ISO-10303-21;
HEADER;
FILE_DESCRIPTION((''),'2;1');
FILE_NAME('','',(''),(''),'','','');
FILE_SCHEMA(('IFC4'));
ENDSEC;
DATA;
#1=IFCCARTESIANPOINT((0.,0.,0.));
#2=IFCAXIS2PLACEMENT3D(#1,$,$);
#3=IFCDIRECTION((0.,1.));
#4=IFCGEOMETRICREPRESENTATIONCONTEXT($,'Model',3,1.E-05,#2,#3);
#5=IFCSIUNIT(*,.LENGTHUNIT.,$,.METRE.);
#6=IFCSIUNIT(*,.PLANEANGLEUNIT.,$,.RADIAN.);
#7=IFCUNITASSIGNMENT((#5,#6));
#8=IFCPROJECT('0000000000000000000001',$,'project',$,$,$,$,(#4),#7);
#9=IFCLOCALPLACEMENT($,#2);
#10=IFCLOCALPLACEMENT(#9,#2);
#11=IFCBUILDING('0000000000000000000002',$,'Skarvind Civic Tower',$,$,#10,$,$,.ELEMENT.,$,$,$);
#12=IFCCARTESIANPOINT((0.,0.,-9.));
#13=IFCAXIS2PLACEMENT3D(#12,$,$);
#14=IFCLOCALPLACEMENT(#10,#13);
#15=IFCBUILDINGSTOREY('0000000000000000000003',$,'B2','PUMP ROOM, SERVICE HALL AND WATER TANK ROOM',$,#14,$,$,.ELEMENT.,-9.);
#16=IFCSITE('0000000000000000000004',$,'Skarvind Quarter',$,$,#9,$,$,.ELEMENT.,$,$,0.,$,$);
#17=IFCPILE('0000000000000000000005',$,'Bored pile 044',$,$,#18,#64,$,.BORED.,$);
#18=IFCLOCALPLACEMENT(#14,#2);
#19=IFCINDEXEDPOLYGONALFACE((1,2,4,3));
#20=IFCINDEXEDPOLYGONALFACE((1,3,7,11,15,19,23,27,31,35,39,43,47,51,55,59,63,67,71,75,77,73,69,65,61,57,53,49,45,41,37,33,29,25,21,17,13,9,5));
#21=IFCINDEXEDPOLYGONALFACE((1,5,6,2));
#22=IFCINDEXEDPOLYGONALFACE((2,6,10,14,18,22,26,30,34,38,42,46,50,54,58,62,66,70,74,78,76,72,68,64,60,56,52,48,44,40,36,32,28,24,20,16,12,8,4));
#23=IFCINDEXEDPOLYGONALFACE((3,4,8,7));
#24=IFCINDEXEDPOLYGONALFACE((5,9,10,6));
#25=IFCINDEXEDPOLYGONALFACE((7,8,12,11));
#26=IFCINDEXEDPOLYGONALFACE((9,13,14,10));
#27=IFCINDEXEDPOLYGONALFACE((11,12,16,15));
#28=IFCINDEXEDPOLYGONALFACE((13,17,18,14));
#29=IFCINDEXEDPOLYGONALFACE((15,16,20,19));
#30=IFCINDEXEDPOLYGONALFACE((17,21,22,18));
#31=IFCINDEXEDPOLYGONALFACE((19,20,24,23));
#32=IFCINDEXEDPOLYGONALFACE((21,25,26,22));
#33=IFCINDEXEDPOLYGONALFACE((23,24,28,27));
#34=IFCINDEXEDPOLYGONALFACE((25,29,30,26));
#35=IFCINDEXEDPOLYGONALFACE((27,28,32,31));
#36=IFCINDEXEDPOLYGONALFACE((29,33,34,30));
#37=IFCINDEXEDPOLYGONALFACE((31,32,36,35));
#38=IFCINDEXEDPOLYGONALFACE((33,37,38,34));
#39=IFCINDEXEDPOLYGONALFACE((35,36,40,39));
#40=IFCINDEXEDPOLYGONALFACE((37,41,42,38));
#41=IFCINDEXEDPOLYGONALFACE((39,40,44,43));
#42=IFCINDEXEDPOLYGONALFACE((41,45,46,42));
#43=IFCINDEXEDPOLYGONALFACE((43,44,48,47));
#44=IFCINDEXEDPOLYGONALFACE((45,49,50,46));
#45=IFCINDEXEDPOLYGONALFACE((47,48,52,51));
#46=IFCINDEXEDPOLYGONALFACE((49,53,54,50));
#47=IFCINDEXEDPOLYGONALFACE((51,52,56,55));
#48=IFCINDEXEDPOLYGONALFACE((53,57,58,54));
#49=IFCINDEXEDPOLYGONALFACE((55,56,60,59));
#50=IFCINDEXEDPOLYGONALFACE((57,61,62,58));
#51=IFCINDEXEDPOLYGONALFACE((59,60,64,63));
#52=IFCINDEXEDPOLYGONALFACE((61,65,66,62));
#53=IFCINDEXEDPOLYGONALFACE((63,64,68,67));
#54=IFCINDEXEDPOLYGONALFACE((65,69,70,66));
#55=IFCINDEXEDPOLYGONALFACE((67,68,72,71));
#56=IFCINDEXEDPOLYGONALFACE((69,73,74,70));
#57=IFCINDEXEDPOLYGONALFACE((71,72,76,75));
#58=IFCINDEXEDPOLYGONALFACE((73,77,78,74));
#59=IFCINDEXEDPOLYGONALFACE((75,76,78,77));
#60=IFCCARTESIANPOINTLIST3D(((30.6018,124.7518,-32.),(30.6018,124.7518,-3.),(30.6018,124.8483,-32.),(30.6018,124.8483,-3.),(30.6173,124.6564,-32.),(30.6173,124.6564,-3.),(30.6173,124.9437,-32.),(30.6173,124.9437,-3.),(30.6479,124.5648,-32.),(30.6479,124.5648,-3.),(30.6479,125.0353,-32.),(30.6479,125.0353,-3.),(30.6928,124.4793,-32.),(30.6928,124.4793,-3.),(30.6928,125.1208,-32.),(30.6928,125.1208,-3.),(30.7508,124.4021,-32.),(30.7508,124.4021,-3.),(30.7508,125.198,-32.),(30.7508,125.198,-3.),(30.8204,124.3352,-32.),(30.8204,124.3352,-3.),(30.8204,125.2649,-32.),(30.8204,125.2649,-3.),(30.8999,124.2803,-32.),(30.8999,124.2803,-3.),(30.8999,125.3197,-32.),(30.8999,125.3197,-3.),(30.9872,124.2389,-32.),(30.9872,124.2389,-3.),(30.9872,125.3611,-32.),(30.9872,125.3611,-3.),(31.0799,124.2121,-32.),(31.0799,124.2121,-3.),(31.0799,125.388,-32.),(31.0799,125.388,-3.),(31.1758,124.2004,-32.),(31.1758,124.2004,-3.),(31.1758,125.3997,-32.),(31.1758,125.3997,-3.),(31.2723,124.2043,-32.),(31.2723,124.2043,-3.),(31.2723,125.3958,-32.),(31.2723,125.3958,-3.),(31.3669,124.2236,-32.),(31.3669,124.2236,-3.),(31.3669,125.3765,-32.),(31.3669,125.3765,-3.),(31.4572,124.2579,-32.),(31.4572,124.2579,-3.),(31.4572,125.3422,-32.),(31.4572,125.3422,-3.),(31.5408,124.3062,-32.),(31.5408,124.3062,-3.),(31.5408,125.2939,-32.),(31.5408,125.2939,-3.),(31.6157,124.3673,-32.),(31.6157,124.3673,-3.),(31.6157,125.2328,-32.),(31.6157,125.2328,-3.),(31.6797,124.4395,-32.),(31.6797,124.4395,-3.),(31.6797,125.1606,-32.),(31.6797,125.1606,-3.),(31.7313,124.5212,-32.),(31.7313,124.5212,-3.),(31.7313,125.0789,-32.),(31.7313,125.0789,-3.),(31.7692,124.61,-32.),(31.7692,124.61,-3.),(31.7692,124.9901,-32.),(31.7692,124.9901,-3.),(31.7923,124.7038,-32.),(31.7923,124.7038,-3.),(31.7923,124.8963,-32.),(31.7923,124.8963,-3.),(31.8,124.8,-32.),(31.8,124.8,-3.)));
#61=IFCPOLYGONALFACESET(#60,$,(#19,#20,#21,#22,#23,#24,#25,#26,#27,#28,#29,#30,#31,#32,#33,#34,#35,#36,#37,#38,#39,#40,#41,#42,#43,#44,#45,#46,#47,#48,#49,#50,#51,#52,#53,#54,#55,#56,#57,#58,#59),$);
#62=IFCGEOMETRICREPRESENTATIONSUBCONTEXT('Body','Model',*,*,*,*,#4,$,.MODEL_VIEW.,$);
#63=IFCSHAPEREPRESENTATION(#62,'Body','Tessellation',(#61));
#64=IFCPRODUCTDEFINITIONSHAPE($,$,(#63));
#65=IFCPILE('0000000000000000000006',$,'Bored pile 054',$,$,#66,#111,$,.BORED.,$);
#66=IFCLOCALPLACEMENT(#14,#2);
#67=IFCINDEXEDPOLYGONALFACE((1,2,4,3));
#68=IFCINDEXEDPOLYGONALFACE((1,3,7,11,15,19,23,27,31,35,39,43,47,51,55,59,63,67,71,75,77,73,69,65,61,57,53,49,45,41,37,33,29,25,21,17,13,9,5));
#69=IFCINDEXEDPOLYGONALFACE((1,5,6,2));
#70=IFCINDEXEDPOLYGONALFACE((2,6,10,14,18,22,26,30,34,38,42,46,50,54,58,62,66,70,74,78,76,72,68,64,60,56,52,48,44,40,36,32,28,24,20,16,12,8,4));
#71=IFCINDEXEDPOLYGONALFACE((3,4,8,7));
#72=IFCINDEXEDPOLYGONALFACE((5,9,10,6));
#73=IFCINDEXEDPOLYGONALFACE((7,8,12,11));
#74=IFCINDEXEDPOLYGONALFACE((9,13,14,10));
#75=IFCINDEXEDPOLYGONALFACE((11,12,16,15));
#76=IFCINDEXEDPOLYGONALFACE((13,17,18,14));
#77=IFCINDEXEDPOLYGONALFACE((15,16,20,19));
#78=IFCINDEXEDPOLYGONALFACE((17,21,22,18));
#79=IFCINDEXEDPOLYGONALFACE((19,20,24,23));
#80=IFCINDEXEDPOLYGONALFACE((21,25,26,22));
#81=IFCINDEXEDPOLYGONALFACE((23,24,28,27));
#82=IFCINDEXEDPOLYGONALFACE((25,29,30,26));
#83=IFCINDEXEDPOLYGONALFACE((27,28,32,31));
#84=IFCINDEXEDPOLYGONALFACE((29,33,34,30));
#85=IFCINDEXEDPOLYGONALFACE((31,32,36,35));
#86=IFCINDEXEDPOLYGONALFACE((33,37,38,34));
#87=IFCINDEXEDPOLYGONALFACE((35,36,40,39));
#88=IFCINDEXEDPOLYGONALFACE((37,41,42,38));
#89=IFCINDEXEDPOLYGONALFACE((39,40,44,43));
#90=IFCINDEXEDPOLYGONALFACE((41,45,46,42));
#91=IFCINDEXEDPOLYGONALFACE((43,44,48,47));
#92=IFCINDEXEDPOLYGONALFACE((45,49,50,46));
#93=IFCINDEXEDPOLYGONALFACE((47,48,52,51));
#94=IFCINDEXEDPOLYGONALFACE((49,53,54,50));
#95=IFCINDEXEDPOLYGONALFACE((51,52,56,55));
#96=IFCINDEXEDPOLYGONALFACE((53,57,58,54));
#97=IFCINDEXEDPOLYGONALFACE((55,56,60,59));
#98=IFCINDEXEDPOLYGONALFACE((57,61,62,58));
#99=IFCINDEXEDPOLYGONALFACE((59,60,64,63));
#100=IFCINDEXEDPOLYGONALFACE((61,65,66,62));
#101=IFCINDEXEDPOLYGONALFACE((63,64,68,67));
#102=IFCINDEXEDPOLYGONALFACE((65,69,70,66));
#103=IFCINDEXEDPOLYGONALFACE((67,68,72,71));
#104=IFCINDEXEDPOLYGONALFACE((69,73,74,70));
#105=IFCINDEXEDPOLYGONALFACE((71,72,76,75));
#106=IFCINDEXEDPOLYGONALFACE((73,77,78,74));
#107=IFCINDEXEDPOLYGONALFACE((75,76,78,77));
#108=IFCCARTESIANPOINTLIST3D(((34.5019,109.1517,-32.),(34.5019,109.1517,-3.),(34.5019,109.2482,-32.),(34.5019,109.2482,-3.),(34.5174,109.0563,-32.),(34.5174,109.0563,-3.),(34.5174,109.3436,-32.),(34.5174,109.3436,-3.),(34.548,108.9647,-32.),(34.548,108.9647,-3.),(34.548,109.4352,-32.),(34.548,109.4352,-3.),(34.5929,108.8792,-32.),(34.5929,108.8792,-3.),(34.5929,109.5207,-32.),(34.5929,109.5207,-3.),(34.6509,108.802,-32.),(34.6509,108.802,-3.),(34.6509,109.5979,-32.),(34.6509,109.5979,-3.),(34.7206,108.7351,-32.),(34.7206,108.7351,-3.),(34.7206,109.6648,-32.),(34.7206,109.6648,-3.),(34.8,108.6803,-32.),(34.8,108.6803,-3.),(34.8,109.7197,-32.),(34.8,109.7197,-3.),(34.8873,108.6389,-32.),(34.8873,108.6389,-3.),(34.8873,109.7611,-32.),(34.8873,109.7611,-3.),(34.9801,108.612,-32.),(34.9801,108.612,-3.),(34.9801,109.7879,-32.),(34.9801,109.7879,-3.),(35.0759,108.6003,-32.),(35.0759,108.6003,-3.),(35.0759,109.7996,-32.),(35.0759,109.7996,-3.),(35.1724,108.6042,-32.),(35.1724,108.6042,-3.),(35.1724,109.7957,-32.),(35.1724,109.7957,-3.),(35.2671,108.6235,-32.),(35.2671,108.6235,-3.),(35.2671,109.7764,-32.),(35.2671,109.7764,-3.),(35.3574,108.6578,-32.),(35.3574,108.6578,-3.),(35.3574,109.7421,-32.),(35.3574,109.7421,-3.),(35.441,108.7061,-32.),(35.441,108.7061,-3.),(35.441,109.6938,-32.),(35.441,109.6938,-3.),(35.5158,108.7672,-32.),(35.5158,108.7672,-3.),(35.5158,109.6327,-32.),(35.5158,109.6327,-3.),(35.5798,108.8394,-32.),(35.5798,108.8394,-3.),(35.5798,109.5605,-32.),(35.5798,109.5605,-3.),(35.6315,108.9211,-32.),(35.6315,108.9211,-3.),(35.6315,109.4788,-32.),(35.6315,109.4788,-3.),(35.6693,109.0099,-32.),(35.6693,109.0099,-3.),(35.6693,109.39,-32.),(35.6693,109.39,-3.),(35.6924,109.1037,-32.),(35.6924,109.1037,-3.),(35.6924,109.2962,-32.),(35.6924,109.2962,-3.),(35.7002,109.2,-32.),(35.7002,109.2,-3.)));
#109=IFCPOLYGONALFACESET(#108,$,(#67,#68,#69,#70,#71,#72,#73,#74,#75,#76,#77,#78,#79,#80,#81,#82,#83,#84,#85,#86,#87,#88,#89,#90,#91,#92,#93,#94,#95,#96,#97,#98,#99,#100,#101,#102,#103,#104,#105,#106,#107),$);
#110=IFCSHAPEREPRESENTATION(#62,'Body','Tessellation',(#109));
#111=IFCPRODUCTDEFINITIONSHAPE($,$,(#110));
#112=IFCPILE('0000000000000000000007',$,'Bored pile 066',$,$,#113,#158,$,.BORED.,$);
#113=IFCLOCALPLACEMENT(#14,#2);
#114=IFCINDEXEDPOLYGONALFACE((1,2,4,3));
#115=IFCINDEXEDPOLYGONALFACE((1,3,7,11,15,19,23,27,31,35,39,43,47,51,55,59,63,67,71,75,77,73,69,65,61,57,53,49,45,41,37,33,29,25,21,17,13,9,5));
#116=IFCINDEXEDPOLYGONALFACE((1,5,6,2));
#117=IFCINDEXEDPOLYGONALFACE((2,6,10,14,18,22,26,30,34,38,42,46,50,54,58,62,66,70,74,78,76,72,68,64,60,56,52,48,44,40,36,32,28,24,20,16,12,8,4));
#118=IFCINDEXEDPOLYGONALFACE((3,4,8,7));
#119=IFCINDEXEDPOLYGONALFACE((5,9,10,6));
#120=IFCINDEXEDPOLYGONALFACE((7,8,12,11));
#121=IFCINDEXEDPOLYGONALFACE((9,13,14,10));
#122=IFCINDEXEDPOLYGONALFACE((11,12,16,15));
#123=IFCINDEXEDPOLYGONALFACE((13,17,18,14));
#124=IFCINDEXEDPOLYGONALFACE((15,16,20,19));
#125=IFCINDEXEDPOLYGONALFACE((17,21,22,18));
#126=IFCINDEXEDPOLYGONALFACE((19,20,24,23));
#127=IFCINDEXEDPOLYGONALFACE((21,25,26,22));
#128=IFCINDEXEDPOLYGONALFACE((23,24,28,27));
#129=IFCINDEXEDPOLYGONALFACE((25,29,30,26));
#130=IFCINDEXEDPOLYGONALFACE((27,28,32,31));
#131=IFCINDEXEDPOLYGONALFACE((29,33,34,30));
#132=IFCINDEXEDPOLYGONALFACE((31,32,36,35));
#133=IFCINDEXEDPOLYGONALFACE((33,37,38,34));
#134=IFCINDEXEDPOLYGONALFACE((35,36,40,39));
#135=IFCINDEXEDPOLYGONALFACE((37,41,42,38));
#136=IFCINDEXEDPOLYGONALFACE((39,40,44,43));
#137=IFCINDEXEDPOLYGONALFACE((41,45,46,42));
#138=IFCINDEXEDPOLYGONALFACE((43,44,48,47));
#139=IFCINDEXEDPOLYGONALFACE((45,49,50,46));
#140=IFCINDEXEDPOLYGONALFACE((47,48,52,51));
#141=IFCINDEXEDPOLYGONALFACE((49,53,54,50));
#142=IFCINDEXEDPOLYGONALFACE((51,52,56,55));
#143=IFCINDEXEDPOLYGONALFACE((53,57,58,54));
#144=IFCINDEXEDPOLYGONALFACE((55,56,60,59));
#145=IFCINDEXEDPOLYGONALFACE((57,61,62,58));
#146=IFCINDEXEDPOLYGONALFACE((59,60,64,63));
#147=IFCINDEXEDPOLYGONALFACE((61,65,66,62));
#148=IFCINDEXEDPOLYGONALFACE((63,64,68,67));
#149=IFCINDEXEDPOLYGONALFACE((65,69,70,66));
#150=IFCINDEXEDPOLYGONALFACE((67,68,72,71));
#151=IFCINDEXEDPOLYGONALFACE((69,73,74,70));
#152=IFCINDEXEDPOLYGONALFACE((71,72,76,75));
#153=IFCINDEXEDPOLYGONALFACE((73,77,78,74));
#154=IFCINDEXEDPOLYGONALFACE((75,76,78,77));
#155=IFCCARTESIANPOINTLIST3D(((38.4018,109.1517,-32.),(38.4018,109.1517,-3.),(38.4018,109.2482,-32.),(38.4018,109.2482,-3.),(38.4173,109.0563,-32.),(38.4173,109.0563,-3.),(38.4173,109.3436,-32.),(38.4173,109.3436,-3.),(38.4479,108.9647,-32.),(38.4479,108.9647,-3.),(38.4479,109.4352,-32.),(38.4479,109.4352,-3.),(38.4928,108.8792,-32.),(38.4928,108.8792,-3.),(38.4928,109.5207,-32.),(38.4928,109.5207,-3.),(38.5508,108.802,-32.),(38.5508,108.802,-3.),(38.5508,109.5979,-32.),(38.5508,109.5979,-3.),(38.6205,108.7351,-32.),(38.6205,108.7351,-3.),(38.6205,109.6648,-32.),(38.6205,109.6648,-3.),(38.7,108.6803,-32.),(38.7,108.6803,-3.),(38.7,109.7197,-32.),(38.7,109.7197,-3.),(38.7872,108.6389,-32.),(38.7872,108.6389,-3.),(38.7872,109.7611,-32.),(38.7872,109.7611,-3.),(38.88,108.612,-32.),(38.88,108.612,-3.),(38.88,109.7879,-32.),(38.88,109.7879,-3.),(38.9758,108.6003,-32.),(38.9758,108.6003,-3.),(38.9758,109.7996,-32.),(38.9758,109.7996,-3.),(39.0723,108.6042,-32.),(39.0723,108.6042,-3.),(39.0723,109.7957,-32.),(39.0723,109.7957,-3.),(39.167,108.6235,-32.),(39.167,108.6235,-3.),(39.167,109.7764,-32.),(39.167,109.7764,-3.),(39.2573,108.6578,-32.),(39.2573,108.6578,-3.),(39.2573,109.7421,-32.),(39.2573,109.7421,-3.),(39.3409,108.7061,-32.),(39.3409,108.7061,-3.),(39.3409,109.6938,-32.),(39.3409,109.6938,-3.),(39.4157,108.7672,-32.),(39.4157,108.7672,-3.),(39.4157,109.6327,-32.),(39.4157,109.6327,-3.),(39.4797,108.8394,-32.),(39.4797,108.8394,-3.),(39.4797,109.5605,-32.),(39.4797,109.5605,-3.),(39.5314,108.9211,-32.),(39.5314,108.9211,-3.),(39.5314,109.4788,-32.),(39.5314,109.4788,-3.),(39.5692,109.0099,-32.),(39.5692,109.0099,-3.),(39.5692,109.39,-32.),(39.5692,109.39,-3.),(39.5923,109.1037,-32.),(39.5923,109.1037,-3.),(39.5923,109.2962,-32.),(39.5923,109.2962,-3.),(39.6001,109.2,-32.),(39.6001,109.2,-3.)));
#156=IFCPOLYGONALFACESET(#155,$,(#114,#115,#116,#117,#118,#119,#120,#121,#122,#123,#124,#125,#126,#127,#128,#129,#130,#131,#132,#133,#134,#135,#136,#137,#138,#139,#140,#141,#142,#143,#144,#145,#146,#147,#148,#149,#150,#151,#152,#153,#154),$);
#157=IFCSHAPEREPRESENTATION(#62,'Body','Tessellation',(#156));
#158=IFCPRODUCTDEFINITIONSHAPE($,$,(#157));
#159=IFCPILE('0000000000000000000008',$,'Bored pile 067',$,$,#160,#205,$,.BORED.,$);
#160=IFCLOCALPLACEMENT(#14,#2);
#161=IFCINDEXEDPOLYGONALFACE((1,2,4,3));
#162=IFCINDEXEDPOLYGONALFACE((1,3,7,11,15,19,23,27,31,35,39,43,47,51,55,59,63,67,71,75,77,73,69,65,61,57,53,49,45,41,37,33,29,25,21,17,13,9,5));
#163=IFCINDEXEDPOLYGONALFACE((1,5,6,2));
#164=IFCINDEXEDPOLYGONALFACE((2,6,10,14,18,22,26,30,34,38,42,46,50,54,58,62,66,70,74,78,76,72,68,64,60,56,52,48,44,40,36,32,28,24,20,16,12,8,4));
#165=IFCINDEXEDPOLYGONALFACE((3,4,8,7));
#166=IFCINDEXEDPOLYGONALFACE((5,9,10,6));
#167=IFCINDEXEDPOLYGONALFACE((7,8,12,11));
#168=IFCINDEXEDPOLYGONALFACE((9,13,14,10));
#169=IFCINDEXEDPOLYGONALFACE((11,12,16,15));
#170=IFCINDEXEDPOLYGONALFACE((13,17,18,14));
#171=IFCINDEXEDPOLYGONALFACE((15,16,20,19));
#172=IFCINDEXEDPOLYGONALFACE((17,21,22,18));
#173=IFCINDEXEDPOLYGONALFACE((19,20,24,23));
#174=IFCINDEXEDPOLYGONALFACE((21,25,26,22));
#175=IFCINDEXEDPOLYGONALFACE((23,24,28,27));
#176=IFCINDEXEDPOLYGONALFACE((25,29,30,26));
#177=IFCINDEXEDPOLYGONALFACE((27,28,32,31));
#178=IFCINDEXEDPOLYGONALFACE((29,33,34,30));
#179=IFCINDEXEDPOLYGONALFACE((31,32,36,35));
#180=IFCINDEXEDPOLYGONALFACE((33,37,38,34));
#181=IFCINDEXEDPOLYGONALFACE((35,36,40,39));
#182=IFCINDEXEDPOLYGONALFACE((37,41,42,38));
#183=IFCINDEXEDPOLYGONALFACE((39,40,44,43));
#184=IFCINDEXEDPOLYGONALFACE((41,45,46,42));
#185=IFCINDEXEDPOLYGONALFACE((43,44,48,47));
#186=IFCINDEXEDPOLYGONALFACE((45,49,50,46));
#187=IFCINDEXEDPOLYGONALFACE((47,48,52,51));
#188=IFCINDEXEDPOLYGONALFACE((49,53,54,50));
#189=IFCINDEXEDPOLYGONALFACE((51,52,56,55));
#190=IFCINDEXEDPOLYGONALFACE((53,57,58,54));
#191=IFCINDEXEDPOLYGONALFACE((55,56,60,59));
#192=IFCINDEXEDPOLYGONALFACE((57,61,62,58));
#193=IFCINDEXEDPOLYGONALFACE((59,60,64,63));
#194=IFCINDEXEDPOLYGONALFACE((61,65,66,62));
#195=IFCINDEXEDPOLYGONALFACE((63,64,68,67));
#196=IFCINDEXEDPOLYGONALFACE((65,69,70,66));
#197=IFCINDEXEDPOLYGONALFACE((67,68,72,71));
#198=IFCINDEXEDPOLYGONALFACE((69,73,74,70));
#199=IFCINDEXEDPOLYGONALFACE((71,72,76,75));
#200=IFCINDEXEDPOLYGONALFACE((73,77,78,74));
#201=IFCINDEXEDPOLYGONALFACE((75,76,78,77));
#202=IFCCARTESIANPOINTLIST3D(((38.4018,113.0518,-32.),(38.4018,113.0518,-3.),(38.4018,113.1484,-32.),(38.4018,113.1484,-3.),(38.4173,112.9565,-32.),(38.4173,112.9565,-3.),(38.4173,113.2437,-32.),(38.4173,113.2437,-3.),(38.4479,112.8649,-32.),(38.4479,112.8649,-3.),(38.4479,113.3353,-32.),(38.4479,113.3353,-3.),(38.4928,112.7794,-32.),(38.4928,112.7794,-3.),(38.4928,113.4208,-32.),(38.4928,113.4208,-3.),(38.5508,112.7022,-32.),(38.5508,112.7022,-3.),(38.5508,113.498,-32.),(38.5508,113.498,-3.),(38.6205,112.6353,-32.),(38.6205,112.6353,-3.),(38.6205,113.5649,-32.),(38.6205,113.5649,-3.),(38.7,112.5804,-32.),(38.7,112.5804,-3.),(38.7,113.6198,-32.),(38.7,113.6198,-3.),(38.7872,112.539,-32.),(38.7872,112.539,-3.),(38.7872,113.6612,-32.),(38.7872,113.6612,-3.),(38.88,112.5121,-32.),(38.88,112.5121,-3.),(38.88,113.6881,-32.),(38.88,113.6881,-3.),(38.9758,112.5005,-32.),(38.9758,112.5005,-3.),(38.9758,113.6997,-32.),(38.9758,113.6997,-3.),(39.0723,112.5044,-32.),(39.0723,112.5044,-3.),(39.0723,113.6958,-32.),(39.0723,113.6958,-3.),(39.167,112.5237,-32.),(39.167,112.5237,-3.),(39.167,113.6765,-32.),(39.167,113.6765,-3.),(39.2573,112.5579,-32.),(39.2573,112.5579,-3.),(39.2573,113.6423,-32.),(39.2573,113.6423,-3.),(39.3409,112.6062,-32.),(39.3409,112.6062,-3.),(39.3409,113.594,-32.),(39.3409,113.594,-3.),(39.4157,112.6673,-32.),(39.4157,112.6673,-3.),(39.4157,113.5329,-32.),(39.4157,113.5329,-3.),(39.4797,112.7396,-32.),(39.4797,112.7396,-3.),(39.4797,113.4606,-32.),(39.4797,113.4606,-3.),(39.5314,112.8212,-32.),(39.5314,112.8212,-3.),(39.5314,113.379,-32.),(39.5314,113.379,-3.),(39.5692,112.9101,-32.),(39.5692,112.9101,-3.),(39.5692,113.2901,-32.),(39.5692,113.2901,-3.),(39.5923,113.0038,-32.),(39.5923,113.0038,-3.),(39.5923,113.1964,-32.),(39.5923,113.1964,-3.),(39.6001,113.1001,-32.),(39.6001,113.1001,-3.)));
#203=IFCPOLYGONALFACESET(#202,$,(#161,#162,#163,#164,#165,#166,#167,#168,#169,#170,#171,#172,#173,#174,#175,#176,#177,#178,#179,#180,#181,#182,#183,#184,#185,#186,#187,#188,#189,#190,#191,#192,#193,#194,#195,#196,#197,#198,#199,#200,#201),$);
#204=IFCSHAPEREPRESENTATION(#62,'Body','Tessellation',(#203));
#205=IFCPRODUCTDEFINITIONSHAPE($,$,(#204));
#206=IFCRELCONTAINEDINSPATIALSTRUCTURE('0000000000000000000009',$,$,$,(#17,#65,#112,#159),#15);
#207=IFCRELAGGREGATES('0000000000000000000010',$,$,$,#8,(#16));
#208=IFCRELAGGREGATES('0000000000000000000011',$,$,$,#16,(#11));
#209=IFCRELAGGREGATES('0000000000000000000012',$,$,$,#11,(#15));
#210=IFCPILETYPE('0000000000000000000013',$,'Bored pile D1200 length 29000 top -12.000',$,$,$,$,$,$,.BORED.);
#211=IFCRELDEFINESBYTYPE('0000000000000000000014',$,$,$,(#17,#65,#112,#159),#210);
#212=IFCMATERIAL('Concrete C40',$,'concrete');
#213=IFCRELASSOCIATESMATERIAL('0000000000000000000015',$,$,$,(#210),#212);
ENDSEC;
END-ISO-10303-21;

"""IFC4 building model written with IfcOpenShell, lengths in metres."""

from ifc_helpers import new_model, si_unit, direction, frame, origin, origin_2d, place, context, subcontext, project, spatial, circle, extrude, material, type_object, element, save


model = new_model("IFC4")

# Units and contexts
model_context = context("Model", 3, precision=1e-05, world=origin(), true_north=direction((0.0, 1.0)))
body_context = subcontext(model_context, "Body", "Model", "MODEL_VIEW")
ifc_project = project(units=[si_unit("LENGTHUNIT", "METRE"), si_unit("PLANEANGLEUNIT", "RADIAN")], contexts=[model_context])

# Site, building, storey
site_placement = place(None, origin())
site = spatial("IfcSite", under=ifc_project, at=site_placement, Name="Skarvind Quarter", CompositionType="ELEMENT", RefElevation=0.0)
building_placement = place(site_placement, origin())
building = spatial("IfcBuilding", under=site, at=building_placement, Name="Skarvind Civic Tower", CompositionType="ELEMENT")
storey_placement = place(building_placement, frame((0.0, 0.0, -9.0)))
storey = spatial("IfcBuildingStorey", under=building, at=storey_placement, Name="B2", Description="PUMP ROOM, SERVICE HALL AND WATER TANK ROOM", CompositionType="ELEMENT", Elevation=-9.0)

# Piles
ifc_material_1 = material(Name="Concrete C40", Category="concrete")
pile_type_1 = type_object("IfcPileType", Name="Bored pile D1200 length 29000 top -12.000", PredefinedType="BORED", material=ifc_material_1)
for number, where, z_axis, x_axis, name in (
    (1, (31.2, 124.8, -3.0), (0.0, 0.0, -1.0), (1.0, 0.0, 0.0), "Bored pile 044"),
    (2, (35.1001, 109.2, -3.0), (0.0, 0.0, -1.0), (1.0, 0.0, 0.0), "Bored pile 054"),
    (3, (39.0, 109.2, -3.0), (0.0, 0.0, -1.0), (1.0, 0.0, 0.0), "Bored pile 066"),
    (4, (39.0, 113.1001, -3.0), (0.0, 0.0, -1.0), (1.0, 0.0, 0.0), "Bored pile 067"),
):
    element("IfcPile", number, at=place(storey_placement, frame(where, z_axis=z_axis, x_axis=x_axis)), inside=storey, type_object=pile_type_1, Name=name, PredefinedType="BORED", context=body_context, shape_type="SweptSolid", body=[
        extrude(circle(Radius=0.6001, at=origin_2d()), origin(), (0.0, 0.0, 1.0), 29.0),
    ])

save(model, "model.ifc")
